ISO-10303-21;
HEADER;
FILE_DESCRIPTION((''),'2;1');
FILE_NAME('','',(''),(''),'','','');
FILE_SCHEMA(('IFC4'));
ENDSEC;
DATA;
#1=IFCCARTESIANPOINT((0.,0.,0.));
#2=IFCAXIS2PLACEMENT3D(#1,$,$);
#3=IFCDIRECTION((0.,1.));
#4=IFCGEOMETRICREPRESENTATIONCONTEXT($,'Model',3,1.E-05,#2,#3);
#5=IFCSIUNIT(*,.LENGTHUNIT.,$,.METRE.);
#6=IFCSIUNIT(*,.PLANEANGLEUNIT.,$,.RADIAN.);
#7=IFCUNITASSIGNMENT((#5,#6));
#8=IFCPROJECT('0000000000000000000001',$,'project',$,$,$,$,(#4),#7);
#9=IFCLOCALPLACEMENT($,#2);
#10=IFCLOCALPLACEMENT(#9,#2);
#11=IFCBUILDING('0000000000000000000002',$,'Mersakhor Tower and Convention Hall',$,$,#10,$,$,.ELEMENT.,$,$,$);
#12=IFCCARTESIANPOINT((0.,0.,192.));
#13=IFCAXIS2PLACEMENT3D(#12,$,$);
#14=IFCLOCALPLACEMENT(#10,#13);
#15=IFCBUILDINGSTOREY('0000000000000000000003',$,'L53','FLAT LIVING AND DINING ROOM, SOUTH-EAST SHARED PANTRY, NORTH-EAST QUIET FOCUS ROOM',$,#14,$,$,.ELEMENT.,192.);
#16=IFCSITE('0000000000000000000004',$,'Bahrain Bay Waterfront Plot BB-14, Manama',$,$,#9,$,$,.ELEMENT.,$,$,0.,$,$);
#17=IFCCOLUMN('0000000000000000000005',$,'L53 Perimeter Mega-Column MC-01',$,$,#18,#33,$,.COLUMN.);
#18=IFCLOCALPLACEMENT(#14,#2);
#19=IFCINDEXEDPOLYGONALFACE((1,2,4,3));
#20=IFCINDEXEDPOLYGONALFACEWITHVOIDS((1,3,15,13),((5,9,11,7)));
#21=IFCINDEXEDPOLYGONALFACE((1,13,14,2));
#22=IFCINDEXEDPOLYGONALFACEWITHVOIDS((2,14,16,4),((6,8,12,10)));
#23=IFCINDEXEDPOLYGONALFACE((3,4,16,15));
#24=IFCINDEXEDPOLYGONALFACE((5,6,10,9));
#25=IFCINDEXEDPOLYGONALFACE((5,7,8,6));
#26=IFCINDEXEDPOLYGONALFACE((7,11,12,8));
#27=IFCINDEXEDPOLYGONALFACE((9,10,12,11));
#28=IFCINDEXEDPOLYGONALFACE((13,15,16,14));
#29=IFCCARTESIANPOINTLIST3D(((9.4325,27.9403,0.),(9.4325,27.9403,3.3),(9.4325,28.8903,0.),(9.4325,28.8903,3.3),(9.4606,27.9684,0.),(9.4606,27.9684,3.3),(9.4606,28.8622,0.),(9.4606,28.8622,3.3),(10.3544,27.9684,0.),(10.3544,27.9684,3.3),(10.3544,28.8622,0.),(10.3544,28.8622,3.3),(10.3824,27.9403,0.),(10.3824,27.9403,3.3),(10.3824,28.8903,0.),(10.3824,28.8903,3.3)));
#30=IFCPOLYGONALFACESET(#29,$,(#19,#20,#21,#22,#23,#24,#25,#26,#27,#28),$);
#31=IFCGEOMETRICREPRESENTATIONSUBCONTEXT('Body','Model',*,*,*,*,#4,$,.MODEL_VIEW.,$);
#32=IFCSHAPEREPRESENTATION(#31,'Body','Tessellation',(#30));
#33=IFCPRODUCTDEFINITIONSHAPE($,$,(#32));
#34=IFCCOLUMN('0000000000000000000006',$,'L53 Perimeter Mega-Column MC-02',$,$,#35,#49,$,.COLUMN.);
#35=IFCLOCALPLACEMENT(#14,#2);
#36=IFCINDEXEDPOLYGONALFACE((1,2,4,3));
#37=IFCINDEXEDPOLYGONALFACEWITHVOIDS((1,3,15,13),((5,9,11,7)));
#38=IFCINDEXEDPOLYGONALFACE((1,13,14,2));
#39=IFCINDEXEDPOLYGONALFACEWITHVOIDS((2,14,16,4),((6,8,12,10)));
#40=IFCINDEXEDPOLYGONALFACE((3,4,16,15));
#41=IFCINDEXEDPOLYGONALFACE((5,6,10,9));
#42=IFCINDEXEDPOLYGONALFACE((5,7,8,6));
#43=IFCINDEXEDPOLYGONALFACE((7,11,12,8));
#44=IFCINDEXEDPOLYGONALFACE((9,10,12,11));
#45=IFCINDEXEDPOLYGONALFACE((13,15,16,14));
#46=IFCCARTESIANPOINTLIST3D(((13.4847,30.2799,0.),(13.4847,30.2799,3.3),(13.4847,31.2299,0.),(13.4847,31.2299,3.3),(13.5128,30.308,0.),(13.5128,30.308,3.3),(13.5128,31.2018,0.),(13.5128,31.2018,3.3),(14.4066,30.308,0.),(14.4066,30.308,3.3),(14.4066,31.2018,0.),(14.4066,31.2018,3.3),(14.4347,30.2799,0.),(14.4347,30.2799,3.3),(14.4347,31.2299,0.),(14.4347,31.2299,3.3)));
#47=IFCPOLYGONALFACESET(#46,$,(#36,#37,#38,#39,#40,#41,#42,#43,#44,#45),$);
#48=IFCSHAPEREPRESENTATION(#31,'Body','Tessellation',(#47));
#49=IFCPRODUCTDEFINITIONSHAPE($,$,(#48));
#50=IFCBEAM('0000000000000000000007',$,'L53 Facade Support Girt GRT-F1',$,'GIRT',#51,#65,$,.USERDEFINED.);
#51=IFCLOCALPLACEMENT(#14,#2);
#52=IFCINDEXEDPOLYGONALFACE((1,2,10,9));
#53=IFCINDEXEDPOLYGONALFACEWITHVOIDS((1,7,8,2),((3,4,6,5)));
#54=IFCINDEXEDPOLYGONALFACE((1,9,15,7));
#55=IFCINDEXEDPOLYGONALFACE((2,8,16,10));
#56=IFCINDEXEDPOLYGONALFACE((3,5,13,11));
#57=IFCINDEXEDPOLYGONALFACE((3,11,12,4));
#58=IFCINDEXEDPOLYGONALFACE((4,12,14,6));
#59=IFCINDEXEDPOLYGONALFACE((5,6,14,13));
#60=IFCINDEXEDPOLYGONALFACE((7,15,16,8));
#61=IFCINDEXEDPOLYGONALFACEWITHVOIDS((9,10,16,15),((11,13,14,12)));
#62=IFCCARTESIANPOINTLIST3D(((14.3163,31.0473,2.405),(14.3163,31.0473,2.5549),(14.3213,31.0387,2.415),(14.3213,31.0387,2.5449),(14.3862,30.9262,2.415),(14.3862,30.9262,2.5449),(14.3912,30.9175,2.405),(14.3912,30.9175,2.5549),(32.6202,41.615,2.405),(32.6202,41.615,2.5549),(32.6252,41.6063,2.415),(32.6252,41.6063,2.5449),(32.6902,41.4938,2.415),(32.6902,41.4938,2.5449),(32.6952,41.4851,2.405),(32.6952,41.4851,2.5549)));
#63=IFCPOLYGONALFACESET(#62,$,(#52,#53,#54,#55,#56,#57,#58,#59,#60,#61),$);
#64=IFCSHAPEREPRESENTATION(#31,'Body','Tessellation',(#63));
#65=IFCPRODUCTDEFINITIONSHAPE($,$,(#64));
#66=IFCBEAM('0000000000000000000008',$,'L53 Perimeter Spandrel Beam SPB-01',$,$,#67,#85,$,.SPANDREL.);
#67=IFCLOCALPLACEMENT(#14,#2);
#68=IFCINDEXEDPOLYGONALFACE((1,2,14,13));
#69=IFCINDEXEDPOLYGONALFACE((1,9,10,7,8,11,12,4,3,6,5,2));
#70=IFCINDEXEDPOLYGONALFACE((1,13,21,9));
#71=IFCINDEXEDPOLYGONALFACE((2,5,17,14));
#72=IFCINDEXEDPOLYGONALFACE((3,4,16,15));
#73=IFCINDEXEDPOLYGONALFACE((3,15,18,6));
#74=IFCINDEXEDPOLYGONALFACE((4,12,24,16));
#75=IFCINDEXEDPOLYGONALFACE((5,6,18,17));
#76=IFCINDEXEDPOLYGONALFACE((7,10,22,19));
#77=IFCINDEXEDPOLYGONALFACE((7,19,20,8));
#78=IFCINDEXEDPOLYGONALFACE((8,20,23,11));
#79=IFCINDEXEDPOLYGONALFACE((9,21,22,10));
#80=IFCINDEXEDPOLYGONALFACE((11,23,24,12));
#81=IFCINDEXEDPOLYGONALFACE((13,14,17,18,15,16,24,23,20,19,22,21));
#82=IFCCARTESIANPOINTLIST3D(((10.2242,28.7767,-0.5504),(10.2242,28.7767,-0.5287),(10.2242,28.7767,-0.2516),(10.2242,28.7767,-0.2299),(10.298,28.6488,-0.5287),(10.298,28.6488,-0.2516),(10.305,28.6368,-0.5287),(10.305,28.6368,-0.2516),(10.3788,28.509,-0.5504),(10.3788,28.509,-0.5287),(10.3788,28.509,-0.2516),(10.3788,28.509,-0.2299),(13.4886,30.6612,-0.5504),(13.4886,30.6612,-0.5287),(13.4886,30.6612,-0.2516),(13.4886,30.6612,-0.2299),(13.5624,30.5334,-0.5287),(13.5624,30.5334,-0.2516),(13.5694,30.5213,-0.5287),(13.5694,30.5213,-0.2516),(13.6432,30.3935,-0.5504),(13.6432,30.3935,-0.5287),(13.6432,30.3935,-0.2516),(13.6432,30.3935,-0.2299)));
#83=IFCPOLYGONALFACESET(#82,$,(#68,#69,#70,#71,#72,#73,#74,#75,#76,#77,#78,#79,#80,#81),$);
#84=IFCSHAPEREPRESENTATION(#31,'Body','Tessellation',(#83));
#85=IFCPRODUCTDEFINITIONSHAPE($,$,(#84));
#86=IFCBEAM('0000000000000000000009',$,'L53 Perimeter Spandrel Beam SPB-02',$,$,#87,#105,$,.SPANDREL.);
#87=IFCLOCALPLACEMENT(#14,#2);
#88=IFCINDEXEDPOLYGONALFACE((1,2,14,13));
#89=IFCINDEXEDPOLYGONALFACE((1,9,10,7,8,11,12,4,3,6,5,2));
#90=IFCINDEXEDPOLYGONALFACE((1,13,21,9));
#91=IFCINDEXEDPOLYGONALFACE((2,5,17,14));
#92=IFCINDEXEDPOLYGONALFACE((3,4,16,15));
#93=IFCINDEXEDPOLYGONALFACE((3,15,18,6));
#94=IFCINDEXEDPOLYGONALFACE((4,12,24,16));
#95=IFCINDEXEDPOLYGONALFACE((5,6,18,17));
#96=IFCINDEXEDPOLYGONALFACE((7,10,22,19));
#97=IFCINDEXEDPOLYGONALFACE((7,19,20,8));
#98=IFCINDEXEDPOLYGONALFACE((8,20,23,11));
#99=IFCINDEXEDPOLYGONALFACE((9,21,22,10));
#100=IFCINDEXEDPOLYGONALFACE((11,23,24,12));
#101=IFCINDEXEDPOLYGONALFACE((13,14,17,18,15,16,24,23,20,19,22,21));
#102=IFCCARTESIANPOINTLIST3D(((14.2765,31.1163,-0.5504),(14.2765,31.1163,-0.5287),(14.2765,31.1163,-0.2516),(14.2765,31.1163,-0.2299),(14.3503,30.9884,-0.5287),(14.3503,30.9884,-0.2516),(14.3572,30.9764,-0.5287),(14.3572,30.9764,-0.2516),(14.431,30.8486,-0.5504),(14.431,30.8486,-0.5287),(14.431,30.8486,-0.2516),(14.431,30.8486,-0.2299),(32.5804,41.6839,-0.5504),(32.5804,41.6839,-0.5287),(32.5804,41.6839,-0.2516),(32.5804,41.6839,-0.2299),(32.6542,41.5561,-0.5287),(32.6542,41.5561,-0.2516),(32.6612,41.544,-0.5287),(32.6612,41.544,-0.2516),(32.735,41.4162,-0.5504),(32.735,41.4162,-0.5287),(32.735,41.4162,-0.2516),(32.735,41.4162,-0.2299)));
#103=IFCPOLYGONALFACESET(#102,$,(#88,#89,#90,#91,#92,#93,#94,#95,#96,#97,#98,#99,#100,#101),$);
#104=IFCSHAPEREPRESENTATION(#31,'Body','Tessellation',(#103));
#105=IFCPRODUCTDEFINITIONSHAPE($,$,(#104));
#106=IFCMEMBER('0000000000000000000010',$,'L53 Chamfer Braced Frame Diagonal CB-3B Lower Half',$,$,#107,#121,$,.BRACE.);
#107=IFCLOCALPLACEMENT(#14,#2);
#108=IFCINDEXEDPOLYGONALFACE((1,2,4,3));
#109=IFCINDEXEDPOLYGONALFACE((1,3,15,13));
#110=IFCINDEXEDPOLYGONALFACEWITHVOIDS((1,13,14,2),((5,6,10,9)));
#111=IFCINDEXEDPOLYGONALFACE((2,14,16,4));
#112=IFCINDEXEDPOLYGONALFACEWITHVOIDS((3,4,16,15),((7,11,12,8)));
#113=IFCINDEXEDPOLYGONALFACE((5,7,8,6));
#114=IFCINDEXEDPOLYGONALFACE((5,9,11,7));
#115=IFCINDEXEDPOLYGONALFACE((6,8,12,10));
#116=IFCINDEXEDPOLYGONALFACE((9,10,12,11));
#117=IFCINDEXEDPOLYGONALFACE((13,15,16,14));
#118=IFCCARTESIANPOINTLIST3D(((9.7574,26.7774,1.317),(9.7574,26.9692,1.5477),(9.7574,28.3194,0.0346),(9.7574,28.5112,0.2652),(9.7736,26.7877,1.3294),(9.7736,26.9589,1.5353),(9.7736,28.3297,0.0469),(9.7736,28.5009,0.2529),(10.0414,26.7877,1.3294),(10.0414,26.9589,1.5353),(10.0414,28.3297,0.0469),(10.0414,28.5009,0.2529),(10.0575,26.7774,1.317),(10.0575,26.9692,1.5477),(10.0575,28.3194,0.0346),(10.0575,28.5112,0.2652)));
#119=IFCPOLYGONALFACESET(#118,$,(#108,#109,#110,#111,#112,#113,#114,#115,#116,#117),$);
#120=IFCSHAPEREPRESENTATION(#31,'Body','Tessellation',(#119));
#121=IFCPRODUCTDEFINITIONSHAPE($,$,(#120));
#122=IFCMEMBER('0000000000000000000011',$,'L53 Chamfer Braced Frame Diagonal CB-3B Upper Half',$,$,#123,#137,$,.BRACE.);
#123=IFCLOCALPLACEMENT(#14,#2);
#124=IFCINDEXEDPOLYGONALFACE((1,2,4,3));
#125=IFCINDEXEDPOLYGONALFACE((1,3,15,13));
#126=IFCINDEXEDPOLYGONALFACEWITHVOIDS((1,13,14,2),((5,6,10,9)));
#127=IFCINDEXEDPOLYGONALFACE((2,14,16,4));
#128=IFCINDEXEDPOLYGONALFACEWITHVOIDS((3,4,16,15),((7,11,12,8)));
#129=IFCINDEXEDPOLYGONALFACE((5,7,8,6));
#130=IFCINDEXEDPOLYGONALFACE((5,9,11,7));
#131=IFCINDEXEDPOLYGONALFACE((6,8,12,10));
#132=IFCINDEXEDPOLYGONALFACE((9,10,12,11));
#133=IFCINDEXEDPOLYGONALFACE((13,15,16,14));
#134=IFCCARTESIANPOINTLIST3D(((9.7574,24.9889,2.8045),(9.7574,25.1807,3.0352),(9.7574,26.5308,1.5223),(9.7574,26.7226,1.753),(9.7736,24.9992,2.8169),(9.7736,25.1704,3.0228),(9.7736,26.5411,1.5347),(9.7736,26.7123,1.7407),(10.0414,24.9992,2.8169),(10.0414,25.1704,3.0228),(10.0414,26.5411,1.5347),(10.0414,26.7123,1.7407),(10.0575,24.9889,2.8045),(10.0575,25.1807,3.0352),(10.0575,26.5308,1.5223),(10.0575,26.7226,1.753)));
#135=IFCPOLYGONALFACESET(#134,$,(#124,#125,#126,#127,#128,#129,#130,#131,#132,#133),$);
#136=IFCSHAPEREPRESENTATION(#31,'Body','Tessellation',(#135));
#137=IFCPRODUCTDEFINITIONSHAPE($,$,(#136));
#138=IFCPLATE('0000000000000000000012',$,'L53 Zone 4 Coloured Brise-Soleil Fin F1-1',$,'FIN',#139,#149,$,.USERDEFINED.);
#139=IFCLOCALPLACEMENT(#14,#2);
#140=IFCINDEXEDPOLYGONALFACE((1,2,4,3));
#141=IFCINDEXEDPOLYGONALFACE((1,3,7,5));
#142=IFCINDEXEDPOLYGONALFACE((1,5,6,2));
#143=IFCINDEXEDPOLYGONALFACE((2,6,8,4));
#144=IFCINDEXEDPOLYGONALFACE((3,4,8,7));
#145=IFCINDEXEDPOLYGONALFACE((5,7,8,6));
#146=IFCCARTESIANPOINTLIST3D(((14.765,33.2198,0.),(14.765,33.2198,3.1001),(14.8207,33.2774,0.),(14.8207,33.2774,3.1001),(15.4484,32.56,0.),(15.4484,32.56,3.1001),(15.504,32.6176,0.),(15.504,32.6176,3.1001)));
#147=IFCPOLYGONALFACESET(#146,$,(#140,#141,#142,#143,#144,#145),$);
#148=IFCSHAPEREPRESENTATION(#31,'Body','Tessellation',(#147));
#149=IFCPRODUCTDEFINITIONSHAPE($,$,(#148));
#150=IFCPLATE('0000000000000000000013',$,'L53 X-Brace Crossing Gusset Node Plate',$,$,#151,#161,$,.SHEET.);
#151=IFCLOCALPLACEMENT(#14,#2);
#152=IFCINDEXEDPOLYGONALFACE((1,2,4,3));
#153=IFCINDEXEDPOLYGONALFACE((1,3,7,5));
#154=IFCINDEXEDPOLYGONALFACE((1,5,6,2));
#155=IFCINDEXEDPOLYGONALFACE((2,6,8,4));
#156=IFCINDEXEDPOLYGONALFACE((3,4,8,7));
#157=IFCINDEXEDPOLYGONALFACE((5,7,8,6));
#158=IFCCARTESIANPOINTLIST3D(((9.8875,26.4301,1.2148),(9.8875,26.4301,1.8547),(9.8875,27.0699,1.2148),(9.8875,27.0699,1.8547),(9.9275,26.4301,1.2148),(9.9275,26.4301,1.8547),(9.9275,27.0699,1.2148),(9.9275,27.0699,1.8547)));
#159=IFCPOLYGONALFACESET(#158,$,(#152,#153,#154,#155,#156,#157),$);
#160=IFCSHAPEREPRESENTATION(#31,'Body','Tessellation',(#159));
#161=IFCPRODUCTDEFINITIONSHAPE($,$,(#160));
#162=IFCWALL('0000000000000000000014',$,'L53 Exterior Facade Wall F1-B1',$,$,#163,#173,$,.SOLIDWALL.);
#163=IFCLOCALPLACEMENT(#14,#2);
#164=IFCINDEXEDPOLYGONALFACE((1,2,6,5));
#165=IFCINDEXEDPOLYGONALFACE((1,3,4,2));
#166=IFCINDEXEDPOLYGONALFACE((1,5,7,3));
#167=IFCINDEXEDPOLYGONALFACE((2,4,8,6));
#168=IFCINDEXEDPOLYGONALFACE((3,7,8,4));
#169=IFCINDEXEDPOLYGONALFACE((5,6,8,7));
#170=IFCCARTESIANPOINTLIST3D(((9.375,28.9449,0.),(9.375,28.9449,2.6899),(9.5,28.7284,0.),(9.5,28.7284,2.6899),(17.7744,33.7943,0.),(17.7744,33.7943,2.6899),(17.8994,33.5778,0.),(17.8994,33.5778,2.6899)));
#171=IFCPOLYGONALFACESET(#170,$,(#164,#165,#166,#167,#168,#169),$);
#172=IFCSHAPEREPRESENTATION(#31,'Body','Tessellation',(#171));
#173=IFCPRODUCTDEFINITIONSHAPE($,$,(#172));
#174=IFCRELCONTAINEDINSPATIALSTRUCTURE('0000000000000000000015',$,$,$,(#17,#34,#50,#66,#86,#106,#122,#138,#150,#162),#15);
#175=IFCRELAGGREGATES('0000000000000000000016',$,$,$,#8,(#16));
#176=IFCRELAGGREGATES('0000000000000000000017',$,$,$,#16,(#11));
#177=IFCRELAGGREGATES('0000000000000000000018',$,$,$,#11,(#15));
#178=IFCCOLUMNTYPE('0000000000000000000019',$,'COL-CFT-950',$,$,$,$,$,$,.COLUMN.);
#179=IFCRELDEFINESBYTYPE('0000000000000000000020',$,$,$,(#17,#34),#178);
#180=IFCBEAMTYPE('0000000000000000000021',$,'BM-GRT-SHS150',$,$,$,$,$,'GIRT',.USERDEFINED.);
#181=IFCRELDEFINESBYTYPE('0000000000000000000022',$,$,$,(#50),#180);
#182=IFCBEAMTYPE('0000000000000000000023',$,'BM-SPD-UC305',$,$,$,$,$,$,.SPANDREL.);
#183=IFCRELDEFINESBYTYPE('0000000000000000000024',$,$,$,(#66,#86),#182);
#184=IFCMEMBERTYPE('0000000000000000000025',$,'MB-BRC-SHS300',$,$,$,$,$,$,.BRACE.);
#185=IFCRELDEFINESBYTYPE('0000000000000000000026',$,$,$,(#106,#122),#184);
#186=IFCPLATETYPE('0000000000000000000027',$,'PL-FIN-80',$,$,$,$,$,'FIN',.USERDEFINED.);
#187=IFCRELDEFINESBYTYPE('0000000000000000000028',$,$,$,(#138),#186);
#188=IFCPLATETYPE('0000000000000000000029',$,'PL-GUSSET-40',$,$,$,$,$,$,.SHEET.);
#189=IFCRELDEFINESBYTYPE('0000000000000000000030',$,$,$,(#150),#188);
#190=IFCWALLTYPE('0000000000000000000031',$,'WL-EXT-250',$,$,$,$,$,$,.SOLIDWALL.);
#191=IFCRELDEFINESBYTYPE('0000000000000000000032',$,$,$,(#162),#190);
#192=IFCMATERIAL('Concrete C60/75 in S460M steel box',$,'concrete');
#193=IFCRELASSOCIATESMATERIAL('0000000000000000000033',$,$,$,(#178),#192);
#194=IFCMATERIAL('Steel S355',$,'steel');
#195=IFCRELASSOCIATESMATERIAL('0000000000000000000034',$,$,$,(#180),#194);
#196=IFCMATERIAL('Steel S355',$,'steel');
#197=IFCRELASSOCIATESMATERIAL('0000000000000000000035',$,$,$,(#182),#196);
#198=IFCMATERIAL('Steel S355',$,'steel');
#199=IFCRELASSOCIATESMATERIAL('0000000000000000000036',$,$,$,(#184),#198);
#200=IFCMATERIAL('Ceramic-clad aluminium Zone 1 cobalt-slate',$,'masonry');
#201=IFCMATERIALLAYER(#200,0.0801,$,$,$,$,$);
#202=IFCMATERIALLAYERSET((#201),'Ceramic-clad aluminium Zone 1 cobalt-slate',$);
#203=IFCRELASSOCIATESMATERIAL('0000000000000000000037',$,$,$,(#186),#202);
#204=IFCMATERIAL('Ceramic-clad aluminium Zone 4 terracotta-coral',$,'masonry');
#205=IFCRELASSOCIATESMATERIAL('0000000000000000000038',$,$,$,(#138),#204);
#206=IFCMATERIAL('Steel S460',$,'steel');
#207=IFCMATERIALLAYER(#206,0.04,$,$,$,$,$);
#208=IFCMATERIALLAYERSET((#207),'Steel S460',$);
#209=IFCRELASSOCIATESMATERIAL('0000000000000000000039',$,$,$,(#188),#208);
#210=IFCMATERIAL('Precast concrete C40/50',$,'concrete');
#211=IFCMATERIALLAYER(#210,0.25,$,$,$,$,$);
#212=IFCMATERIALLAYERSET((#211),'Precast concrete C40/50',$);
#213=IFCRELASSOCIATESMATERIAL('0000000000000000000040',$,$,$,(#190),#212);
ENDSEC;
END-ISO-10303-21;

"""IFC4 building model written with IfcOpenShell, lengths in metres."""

from ifc_helpers import new_model, si_unit, direction, frame, frame_2d, origin, origin_2d, place, context, subcontext, project, spatial, rectangle, hollow_rectangle, i_section, extrude, material, layer, layer_set, material_profile, profile_set, type_object, element, save


model = new_model("IFC4")

# Units and contexts
model_context = context("Model", 3, precision=1e-05, world=origin(), true_north=direction((0.0, 1.0)))
body_context = subcontext(model_context, "Body", "Model", "MODEL_VIEW")
ifc_project = project(units=[si_unit("LENGTHUNIT", "METRE"), si_unit("PLANEANGLEUNIT", "RADIAN")], contexts=[model_context])

# Site, building, storey
site_placement = place(None, origin())
site = spatial("IfcSite", under=ifc_project, at=site_placement, Name="Bahrain Bay Waterfront Plot BB-14, Manama", CompositionType="ELEMENT", RefElevation=0.0)
building_placement = place(site_placement, origin())
building = spatial("IfcBuilding", under=site, at=building_placement, Name="Mersakhor Tower and Convention Hall", CompositionType="ELEMENT")
storey_placement = place(building_placement, frame((0.0, 0.0, 192.0)))
storey = spatial("IfcBuildingStorey", under=building, at=storey_placement, Name="L53", Description="FLAT LIVING AND DINING ROOM, SOUTH-EAST SHARED PANTRY, NORTH-EAST QUIET FOCUS ROOM", CompositionType="ELEMENT", Elevation=192.0)

# Columns
ifc_material_1 = material(Name="Concrete C60/75 in S460M steel box", Category="concrete")
ifc_material_profile_1 = material_profile(ifc_material_1, hollow_rectangle(XDim=0.95, YDim=0.95, WallThickness=0.0281, at=origin_2d()), Name="SHS 950x950x28")
ifc_profile_set_1 = profile_set([ifc_material_profile_1], Name="Concrete C60/75 in S460M steel box")
column_type = type_object("IfcColumnType", Name="COL-CFT-950", PredefinedType="COLUMN", material=ifc_profile_set_1)
for number, where, z_axis, x_axis, name in (
    (1, (9.9075, 28.4153, 0.0), (0.0, 0.0, 1.0), (1.0, 0.0, 0.0), "L53 Perimeter Mega-Column MC-01"),
    (2, (13.9597, 30.7549, 0.0), (0.0, 0.0, 1.0), (1.0, 0.0, 0.0), "L53 Perimeter Mega-Column MC-02"),
):
    element("IfcColumn", number, at=place(storey_placement, frame(where, z_axis=z_axis, x_axis=x_axis)), inside=storey, type_object=column_type, Name=name, PredefinedType="COLUMN", context=body_context, shape_type="SweptSolid", body=[
        extrude(hollow_rectangle(XDim=0.95, YDim=0.95, WallThickness=0.0281, at=origin_2d()), origin(), (0.0, 0.0, 1.0), 3.3),
    ])

# Beams
ifc_material_2 = material(Name="Steel S355", Category="steel")
ifc_material_profile_2 = material_profile(ifc_material_2, hollow_rectangle(XDim=0.1499, YDim=0.1499, WallThickness=0.01, at=origin_2d()), Name="SHS 150x150x10")
ifc_profile_set_2 = profile_set([ifc_material_profile_2], Name="Steel S355")
beam_type_1 = type_object("IfcBeamType", Name="BM-GRT-SHS150", ElementType="GIRT", PredefinedType="USERDEFINED", material=ifc_profile_set_2)
beam_1_placement = place(storey_placement, frame((14.3538, 30.9824, 2.48), z_axis=(0.866029, 0.499994, 0.0), x_axis=(-0.499994, 0.866029, 0.0)))
element("IfcBeam", 3, at=beam_1_placement, inside=storey, type_object=beam_type_1, Name="L53 Facade Support Girt GRT-F1", ObjectType="GIRT", PredefinedType="USERDEFINED", context=body_context, shape_type="SweptSolid", body=[
    extrude(hollow_rectangle(XDim=0.1499, YDim=0.1499, WallThickness=0.01, at=origin_2d()), origin(), (0.0, 0.0, 1.0), 21.1355),
])
ifc_material_3 = material(Name="Steel S355", Category="steel")
ifc_material_profile_3 = material_profile(ifc_material_3, i_section(OverallWidth=0.3091, OverallDepth=0.3206, WebThickness=0.0139, FlangeThickness=0.0217, at=origin_2d()), Name="UC 305x305x137")
ifc_profile_set_3 = profile_set([ifc_material_profile_3], Name="Steel S355")
beam_type_2 = type_object("IfcBeamType", Name="BM-SPD-UC305", PredefinedType="SPANDREL", material=ifc_profile_set_3)
beam_2_placement = place(storey_placement, frame((10.3015, 28.6428, -0.3901), z_axis=(0.866046, 0.499964, 0.0), x_axis=(-0.499964, 0.866046, 0.0)))
element("IfcBeam", 4, at=beam_2_placement, inside=storey, type_object=beam_type_2, Name="L53 Perimeter Spandrel Beam SPB-01", PredefinedType="SPANDREL", context=body_context, shape_type="SweptSolid", body=[
    extrude(i_section(OverallWidth=0.3091, OverallDepth=0.3206, WebThickness=0.0139, FlangeThickness=0.0217, at=origin_2d()), origin(), (0.0, 0.0, 1.0), 3.7693),
])
beam_3_placement = place(storey_placement, frame((14.3538, 30.9824, -0.3901), z_axis=(0.866029, 0.499994, 0.0), x_axis=(-0.499994, 0.866029, 0.0)))
element("IfcBeam", 5, at=beam_3_placement, inside=storey, type_object=beam_type_2, Name="L53 Perimeter Spandrel Beam SPB-02", PredefinedType="SPANDREL", context=body_context, shape_type="SweptSolid", body=[
    extrude(i_section(OverallWidth=0.3091, OverallDepth=0.3206, WebThickness=0.0139, FlangeThickness=0.0217, at=origin_2d()), origin(), (0.0, 0.0, 1.0), 21.1355),
])

# Members
ifc_material_4 = material(Name="Steel S355", Category="steel")
ifc_material_profile_4 = material_profile(ifc_material_4, hollow_rectangle(XDim=0.3, YDim=0.3, WallThickness=0.0161, at=origin_2d()), Name="SHS 300x300x16")
ifc_profile_set_4 = profile_set([ifc_material_profile_4], Name="Steel S355")
member_type = type_object("IfcMemberType", Name="MB-BRC-SHS300", PredefinedType="BRACE", material=ifc_profile_set_4)
member_1_placement = place(storey_placement, frame((9.9075, 28.4153, 0.1499), z_axis=(0.0, -0.76884, 0.639442), x_axis=(1.0, 0.0, 0.0)))
element("IfcMember", 6, at=member_1_placement, inside=storey, type_object=member_type, Name="L53 Chamfer Braced Frame Diagonal CB-3B Lower Half", PredefinedType="BRACE", context=body_context, shape_type="SweptSolid", body=[
    extrude(hollow_rectangle(XDim=0.3, YDim=0.3, WallThickness=0.0161, at=origin_2d()), origin(), (0.0, 0.0, 1.0), 2.0056),
])
member_2_placement = place(storey_placement, frame((9.9075, 26.6267, 1.6377), z_axis=(0.0, -0.768899, 0.63937), x_axis=(1.0, 0.0, 0.0)))
element("IfcMember", 7, at=member_2_placement, inside=storey, type_object=member_type, Name="L53 Chamfer Braced Frame Diagonal CB-3B Upper Half", PredefinedType="BRACE", context=body_context, shape_type="SweptSolid", body=[
    extrude(hollow_rectangle(XDim=0.3, YDim=0.3, WallThickness=0.0161, at=origin_2d()), origin(), (0.0, 0.0, 1.0), 2.0054),
])

# Plates
ifc_material_5 = material(Name="Ceramic-clad aluminium Zone 4 terracotta-coral", Category="masonry")
ifc_material_6 = material(Name="Ceramic-clad aluminium Zone 1 cobalt-slate", Category="masonry")
ifc_layer_1 = layer(ifc_material_6, 0.0801)
ifc_layer_set_1 = layer_set([ifc_layer_1], Name="Ceramic-clad aluminium Zone 1 cobalt-slate")
plate_type_1 = type_object("IfcPlateType", Name="PL-FIN-80", ElementType="FIN", PredefinedType="USERDEFINED", material=ifc_layer_set_1)
plate_1_placement = place(storey_placement, frame((15.1345, 32.9187, 0.0), z_axis=(0.0, 0.0, 1.0), x_axis=(-0.71934, 0.694658, 0.0)))
element("IfcPlate", 8, at=plate_1_placement, inside=storey, type_object=plate_type_1, material=ifc_material_5, Name="L53 Zone 4 Coloured Brise-Soleil Fin F1-1", ObjectType="FIN", PredefinedType="USERDEFINED", context=body_context, shape_type="SweptSolid", body=[
    extrude(rectangle(XDim=0.95, YDim=0.0801, at=origin_2d()), origin(), (0.0, 0.0, 1.0), 3.1001),
])
ifc_material_7 = material(Name="Steel S460", Category="steel")
ifc_layer_2 = layer(ifc_material_7, 0.04)
ifc_layer_set_2 = layer_set([ifc_layer_2], Name="Steel S460")
plate_type_2 = type_object("IfcPlateType", Name="PL-GUSSET-40", PredefinedType="SHEET", material=ifc_layer_set_2)
plate_2_placement = place(storey_placement, frame((9.9075, 26.75, 1.2148), z_axis=(0.0, 0.0, 1.0), x_axis=(0.0, -1.0, 0.0)))
element("IfcPlate", 9, at=plate_2_placement, inside=storey, type_object=plate_type_2, Name="L53 X-Brace Crossing Gusset Node Plate", PredefinedType="SHEET", context=body_context, shape_type="SweptSolid", body=[
    extrude(rectangle(XDim=0.6399, YDim=0.04, at=origin_2d()), origin(), (0.0, 0.0, 1.0), 0.6399),
])

# Wall
ifc_material_8 = material(Name="Precast concrete C40/50", Category="concrete")
ifc_layer_3 = layer(ifc_material_8, 0.25)
ifc_layer_set_3 = layer_set([ifc_layer_3], Name="Precast concrete C40/50")
wall_type_1 = type_object("IfcWallType", Name="WL-EXT-250", PredefinedType="SOLIDWALL", material=ifc_layer_set_3)
wall_1_placement = place(storey_placement, frame((9.4375, 28.8367, 0.0), z_axis=(0.0, 0.0, 1.0), x_axis=(0.866027, 0.499997, 0.0)))
element("IfcWall", 10, at=wall_1_placement, inside=storey, type_object=wall_type_1, Name="L53 Exterior Facade Wall F1-B1", PredefinedType="SOLIDWALL", context=body_context, shape_type="SweptSolid", body=[
    extrude(rectangle(XDim=9.6987, YDim=0.25, at=frame_2d((4.8494, 0.0))), origin(), (0.0, 0.0, 1.0), 2.6899),
])

save(model, "model.ifc")
